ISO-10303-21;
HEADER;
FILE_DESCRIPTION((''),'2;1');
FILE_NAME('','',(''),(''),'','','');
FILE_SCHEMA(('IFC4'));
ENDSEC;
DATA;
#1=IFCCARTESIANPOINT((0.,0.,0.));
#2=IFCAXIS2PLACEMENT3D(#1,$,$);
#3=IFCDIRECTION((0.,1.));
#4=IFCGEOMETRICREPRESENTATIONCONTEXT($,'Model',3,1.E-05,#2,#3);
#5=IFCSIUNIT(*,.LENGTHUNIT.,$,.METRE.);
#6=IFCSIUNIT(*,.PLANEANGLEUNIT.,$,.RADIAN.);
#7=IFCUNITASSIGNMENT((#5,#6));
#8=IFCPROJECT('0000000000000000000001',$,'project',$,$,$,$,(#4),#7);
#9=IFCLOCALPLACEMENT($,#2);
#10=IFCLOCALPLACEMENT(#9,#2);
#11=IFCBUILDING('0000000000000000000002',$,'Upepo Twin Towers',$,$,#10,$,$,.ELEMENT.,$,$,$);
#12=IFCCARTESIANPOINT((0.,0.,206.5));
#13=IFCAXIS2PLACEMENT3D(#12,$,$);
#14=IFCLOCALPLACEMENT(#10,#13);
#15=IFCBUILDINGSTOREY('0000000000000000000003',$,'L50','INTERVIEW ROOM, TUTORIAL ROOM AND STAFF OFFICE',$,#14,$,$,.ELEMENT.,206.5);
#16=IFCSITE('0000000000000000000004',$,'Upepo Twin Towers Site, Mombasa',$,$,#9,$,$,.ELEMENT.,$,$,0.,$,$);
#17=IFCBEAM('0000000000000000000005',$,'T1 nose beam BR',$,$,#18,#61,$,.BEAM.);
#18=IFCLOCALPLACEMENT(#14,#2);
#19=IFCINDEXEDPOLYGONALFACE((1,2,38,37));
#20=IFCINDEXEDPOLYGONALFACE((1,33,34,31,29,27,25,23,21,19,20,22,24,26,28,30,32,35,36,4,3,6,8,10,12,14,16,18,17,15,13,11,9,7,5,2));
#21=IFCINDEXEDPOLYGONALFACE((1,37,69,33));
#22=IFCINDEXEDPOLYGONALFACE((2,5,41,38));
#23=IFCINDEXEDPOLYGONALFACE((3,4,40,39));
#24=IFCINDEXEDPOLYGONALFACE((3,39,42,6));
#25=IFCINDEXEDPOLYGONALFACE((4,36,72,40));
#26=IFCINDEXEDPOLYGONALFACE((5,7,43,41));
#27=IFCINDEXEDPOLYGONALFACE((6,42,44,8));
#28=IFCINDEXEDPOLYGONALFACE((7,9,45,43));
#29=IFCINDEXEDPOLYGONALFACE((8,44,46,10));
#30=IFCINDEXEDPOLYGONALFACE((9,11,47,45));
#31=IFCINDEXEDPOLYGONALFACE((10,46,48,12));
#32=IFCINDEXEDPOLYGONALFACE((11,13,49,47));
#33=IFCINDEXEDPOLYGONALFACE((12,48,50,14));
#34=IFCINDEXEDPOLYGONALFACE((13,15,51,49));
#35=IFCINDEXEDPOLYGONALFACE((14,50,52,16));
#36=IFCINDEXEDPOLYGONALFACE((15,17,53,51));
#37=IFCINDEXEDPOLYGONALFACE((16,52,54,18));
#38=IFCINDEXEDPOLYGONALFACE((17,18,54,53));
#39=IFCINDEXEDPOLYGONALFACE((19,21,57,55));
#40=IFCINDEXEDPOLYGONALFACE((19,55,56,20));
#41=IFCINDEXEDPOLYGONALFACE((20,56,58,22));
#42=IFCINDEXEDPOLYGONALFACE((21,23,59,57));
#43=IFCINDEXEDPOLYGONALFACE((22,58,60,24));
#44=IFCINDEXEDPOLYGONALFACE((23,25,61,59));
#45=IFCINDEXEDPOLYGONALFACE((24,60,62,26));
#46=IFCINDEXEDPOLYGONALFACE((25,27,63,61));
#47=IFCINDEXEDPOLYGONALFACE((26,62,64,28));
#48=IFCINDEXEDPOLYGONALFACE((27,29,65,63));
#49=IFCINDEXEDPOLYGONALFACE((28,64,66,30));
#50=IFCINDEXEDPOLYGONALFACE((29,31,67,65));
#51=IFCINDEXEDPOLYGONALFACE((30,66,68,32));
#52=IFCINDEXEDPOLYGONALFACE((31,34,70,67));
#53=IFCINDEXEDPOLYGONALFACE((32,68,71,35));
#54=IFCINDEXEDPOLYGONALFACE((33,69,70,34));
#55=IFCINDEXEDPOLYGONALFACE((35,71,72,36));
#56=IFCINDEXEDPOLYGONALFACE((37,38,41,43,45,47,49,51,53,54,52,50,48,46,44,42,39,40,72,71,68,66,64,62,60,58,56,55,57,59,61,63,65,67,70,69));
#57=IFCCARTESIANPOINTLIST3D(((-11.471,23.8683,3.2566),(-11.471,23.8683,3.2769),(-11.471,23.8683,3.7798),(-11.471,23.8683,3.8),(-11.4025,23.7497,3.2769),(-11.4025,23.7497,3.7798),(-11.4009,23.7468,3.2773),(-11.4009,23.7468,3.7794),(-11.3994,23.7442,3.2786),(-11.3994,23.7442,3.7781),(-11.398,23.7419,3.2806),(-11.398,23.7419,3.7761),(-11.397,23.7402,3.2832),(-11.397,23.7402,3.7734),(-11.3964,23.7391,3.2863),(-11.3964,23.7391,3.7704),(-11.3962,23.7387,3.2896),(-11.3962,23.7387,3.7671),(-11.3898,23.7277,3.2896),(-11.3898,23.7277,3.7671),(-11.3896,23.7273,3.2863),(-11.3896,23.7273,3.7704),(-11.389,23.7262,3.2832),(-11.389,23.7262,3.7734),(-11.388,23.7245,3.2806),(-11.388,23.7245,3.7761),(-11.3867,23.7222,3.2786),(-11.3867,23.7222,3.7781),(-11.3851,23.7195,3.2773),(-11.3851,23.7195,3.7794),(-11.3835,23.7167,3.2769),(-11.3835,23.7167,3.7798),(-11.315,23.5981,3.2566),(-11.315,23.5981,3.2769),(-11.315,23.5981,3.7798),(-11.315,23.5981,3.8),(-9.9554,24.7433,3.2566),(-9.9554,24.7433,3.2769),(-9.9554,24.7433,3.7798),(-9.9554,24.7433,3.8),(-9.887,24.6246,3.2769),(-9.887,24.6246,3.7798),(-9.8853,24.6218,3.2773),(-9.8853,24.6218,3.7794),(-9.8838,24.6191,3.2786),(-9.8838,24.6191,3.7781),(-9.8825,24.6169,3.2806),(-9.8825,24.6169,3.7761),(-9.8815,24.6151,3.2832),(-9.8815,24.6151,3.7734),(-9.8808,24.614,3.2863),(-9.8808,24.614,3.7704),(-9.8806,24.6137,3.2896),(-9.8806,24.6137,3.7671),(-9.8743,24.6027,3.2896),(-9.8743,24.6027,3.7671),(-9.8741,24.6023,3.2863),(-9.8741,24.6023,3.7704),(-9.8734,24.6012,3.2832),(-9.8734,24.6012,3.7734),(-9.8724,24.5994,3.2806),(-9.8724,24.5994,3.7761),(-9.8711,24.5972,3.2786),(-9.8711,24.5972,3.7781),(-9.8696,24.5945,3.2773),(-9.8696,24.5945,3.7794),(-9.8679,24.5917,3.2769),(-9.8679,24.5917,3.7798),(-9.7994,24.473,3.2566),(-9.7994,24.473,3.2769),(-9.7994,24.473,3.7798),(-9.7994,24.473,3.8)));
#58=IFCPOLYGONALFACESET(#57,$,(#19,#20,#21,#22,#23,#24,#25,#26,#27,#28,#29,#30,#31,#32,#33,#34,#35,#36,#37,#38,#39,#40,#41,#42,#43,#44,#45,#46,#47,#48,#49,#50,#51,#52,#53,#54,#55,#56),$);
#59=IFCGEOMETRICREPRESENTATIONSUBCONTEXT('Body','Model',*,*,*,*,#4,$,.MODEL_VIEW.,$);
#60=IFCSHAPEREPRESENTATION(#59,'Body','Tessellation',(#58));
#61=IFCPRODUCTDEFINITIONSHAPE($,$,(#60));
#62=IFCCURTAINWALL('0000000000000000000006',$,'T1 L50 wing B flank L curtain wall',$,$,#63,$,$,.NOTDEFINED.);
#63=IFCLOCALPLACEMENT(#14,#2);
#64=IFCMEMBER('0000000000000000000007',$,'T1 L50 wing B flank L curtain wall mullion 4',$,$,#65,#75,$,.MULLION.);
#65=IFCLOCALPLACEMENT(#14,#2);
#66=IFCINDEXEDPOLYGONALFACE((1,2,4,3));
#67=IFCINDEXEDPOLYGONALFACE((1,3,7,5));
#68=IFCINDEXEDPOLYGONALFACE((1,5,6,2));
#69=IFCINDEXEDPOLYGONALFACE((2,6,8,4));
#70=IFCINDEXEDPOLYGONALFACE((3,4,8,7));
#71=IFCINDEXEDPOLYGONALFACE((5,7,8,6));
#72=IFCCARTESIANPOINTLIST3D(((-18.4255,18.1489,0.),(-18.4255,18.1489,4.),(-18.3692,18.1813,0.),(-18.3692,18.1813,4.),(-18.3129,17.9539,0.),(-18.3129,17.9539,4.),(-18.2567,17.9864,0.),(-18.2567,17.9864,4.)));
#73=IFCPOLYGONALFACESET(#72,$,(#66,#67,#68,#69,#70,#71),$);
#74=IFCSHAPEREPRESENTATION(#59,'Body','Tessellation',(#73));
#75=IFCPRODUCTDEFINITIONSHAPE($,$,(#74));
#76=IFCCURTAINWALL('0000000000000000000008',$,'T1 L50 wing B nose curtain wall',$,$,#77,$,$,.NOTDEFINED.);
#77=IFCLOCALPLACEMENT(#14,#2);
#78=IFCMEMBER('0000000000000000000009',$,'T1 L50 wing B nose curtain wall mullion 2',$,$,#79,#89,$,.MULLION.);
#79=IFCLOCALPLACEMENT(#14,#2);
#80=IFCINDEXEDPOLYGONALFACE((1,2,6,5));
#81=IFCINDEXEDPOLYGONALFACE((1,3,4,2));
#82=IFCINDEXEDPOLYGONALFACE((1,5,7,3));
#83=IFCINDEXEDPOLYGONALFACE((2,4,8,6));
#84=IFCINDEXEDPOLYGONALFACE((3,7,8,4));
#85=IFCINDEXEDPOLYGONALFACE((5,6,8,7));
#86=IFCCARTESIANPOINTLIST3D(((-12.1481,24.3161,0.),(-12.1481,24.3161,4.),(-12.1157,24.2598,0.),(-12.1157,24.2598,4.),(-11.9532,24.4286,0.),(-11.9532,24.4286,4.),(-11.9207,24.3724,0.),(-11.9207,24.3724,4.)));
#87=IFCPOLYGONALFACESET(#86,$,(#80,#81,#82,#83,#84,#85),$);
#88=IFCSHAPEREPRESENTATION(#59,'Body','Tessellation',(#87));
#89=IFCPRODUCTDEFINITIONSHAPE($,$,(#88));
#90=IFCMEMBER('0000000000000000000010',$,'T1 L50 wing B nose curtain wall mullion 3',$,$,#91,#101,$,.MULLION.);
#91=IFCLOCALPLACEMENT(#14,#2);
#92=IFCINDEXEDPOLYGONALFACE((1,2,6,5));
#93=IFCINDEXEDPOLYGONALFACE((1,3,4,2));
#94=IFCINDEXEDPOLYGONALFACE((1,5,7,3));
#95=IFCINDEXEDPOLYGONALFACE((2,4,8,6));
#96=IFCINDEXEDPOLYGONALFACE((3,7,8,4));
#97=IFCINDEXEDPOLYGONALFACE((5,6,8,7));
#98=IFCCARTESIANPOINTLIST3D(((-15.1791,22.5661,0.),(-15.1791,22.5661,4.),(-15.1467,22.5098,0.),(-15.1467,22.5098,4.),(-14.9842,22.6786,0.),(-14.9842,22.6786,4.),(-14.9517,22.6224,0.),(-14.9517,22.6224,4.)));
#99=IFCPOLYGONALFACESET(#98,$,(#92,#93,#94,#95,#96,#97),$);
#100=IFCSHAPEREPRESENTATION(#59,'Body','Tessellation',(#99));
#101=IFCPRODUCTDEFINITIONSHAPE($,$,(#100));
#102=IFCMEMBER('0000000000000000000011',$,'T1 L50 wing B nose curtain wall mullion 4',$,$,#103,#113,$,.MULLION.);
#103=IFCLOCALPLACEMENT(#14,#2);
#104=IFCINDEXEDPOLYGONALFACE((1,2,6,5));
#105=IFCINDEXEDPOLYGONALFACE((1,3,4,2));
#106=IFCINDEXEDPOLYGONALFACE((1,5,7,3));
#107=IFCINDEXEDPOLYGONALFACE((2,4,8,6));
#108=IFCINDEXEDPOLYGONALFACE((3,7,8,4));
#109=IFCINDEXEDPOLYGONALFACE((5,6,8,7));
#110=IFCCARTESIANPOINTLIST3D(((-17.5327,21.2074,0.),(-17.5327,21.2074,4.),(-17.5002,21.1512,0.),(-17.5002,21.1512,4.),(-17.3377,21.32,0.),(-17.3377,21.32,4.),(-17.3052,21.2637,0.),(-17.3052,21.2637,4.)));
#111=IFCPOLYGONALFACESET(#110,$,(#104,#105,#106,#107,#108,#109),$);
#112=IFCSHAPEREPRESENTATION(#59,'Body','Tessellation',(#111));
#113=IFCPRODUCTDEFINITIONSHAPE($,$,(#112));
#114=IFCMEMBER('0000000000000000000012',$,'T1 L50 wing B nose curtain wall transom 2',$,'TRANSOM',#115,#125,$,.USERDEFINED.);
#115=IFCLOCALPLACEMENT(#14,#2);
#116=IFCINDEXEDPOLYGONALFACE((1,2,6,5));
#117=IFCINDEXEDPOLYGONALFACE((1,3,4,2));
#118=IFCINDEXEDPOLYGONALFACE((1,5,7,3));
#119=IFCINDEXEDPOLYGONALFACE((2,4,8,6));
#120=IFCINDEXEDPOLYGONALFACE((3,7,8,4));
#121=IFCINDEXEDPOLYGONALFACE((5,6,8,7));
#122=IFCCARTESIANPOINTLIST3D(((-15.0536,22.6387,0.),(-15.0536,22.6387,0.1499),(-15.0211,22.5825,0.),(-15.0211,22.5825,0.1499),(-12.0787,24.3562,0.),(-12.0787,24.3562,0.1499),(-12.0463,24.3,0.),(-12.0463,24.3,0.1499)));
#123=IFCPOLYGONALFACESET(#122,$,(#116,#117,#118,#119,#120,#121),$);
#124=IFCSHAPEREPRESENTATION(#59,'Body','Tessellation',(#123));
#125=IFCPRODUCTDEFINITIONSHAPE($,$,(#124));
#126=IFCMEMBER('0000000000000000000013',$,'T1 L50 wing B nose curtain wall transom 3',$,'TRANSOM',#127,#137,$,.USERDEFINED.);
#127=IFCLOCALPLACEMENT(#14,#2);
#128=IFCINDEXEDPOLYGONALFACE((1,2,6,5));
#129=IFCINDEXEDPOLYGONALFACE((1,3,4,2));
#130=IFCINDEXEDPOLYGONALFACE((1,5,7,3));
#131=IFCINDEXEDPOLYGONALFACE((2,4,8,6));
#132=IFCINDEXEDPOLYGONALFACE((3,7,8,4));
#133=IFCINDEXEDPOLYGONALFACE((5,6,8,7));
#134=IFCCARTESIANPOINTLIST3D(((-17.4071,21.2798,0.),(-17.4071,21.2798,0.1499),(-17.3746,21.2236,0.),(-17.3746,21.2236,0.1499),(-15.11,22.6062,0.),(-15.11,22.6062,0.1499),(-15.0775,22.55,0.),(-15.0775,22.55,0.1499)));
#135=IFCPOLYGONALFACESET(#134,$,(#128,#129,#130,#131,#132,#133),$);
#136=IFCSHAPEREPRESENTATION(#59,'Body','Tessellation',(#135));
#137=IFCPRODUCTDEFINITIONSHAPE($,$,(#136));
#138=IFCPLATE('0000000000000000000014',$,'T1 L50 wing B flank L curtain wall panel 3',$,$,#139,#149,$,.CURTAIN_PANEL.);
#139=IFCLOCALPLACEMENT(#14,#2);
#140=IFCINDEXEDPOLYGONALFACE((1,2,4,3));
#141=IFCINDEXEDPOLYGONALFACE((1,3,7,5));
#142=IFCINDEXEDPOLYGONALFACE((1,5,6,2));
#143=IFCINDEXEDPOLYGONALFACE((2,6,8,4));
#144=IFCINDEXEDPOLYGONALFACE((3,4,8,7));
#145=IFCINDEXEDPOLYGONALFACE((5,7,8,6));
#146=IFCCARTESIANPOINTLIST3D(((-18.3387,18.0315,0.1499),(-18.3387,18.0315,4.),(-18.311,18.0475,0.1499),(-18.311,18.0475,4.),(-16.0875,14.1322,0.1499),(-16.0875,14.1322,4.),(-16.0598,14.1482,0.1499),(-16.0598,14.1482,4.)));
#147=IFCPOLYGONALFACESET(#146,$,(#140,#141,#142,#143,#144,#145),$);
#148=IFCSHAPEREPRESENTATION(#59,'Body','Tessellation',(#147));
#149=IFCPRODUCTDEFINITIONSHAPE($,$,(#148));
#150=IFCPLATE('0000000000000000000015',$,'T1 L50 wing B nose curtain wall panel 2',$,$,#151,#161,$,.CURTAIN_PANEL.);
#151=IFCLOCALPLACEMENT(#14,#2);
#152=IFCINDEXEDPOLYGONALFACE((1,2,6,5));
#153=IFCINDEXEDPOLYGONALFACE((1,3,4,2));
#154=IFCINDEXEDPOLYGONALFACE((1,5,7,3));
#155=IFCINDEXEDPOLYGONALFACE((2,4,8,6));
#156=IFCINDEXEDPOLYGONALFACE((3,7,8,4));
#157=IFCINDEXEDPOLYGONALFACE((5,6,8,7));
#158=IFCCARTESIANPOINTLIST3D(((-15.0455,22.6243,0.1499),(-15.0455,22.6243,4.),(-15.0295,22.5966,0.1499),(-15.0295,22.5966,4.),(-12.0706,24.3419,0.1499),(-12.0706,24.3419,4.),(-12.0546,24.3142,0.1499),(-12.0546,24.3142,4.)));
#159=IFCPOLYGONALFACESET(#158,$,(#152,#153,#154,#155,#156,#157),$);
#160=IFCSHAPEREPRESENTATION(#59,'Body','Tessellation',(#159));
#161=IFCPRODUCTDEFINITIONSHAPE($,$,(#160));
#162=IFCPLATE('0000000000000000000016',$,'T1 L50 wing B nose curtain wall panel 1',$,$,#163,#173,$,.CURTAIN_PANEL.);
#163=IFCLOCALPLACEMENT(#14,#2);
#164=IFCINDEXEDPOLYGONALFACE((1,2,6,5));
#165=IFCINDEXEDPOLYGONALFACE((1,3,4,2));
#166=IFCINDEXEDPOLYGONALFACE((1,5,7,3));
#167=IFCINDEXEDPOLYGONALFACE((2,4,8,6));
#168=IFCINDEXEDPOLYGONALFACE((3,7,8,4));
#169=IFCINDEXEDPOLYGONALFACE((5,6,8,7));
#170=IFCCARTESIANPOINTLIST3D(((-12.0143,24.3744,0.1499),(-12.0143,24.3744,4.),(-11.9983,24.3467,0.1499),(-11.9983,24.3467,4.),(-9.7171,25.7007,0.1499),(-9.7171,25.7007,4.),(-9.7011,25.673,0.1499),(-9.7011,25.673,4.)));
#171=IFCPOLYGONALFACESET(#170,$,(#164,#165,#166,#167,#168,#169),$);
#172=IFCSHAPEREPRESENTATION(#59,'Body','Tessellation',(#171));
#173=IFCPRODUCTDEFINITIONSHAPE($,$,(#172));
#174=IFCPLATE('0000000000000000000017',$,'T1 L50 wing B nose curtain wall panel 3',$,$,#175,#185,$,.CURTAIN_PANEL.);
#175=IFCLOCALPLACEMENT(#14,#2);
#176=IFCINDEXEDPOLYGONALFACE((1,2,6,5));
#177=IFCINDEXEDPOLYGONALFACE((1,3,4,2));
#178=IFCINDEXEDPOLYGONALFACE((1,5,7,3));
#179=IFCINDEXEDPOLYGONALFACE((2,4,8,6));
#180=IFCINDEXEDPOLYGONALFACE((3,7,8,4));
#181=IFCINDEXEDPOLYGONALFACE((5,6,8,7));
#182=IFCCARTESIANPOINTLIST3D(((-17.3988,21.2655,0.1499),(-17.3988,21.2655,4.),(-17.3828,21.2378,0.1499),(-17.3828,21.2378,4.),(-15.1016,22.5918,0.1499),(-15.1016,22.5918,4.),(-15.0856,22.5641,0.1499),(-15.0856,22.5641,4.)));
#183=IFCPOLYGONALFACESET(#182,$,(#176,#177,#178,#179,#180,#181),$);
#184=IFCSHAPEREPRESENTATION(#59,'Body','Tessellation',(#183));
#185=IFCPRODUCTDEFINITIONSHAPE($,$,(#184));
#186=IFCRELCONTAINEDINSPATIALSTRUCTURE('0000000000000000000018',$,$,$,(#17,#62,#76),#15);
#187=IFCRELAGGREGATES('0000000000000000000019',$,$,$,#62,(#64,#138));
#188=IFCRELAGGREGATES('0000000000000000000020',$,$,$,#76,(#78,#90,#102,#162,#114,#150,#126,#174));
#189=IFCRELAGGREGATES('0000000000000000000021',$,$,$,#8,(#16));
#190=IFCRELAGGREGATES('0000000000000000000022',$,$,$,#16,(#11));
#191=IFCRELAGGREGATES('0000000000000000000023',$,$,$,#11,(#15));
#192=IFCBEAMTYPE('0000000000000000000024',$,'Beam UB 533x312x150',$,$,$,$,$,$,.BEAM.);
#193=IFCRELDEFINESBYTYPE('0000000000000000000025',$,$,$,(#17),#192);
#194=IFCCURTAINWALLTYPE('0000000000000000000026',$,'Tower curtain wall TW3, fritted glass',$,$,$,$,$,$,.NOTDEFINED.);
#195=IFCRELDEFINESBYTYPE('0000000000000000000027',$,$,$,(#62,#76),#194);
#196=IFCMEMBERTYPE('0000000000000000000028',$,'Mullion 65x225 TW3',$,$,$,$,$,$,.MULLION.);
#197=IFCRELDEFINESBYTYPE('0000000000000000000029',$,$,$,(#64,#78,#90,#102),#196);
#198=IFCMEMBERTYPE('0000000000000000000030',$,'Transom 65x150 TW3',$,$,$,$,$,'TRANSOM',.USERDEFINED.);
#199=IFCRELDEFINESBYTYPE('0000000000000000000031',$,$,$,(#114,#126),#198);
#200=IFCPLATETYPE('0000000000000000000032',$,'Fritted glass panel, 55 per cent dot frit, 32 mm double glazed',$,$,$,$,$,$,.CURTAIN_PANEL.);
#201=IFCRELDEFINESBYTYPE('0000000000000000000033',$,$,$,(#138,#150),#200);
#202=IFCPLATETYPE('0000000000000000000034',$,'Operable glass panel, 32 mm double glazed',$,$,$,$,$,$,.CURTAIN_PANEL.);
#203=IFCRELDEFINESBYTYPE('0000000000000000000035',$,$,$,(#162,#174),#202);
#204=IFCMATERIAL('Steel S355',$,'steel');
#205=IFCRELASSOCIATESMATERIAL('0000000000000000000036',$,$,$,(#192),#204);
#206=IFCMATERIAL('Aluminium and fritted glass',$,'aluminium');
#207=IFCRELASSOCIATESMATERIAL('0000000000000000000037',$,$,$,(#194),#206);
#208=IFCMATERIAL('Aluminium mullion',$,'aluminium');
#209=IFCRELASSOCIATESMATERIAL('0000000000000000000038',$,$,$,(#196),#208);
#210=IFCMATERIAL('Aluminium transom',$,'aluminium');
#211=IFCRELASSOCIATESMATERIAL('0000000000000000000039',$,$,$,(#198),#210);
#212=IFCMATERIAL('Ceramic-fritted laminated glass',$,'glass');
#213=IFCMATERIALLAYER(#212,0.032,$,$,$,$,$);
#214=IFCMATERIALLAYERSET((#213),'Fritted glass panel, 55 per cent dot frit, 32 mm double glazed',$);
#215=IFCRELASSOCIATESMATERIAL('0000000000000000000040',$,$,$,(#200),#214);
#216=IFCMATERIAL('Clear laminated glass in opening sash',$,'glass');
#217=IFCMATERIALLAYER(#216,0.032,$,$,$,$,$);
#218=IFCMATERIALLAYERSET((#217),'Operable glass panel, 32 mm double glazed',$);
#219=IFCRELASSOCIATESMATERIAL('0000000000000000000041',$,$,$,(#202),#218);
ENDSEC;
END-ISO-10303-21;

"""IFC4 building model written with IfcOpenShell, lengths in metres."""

from ifc_helpers import new_model, si_unit, direction, frame, origin, origin_2d, place, context, subcontext, project, spatial, rectangle, i_section, extrude, material, layer, layer_set, material_profile, profile_set, type_object, element, aggregate, save


model = new_model("IFC4")

# Units and contexts
model_context = context("Model", 3, precision=1e-05, world=origin(), true_north=direction((0.0, 1.0)))
body_context = subcontext(model_context, "Body", "Model", "MODEL_VIEW")
ifc_project = project(units=[si_unit("LENGTHUNIT", "METRE"), si_unit("PLANEANGLEUNIT", "RADIAN")], contexts=[model_context])

# Site, building, storey
site_placement = place(None, origin())
site = spatial("IfcSite", under=ifc_project, at=site_placement, Name="Upepo Twin Towers Site, Mombasa", CompositionType="ELEMENT", RefElevation=0.0)
building_placement = place(site_placement, origin())
building = spatial("IfcBuilding", under=site, at=building_placement, Name="Upepo Twin Towers", CompositionType="ELEMENT")
storey_placement = place(building_placement, frame((0.0, 0.0, 206.5)))
storey = spatial("IfcBuildingStorey", under=building, at=storey_placement, Name="L50", Description="INTERVIEW ROOM, TUTORIAL ROOM AND STAFF OFFICE", CompositionType="ELEMENT", Elevation=206.5)

# Beam
ifc_material_1 = material(Name="Steel S355", Category="steel")
ifc_material_profile_1 = material_profile(ifc_material_1, i_section(OverallWidth=0.312, OverallDepth=0.5435, WebThickness=0.0127, FlangeThickness=0.0203, FilletRadius=0.0127, at=origin_2d()), Name="UB 533x312x150")
ifc_profile_set_1 = profile_set([ifc_material_profile_1], Name="Steel S355")
beam_type_1 = type_object("IfcBeamType", Name="Beam UB 533x312x150", PredefinedType="BEAM", material=ifc_profile_set_1)
for number, where, z_axis, x_axis, name in (
    (1, (-9.8774, 24.6082, 3.5283), (-0.866037, -0.49998, 0.0), (0.49998, -0.866037, 0.0), "T1 nose beam BR"),
):
    element("IfcBeam", number, at=place(storey_placement, frame(where, z_axis=z_axis, x_axis=x_axis)), inside=storey, type_object=beam_type_1, Name=name, PredefinedType="BEAM", context=body_context, shape_type="SweptSolid", body=[
        extrude(i_section(OverallWidth=0.312, OverallDepth=0.5435, WebThickness=0.0127, FlangeThickness=0.0203, FilletRadius=0.0127, at=origin_2d()), origin(), (0.0, 0.0, 1.0), 1.75),
    ])

# Curtain wall, member
ifc_material_2 = material(Name="Aluminium and fritted glass", Category="aluminium")
curtain_wall_type = type_object("IfcCurtainWallType", Name="Tower curtain wall TW3, fritted glass", PredefinedType="NOTDEFINED", material=ifc_material_2)
curtain_wall_1_placement = place(storey_placement, origin())
curtain_wall_1 = element("IfcCurtainWall", 2, at=curtain_wall_1_placement, inside=storey, type_object=curtain_wall_type, Name="T1 L50 wing B flank L curtain wall", PredefinedType="NOTDEFINED")
ifc_material_3 = material(Name="Aluminium mullion", Category="aluminium")
ifc_material_profile_2 = material_profile(ifc_material_3, rectangle(XDim=0.0649, YDim=0.2251, at=origin_2d()), Name="MULLION 65x225")
ifc_profile_set_2 = profile_set([ifc_material_profile_2], Name="Aluminium mullion")
member_type_1 = type_object("IfcMemberType", Name="Mullion 65x225 TW3", PredefinedType="MULLION", material=ifc_profile_set_2)
member_1_placement = place(storey_placement, frame((-18.3411, 18.0676, 0.0), z_axis=(0.0, 0.0, 1.0), x_axis=(-0.866025, -0.5, 0.0)))
member_1 = element("IfcMember", 3, at=member_1_placement, type_object=member_type_1, Name="T1 L50 wing B flank L curtain wall mullion 4", PredefinedType="MULLION", context=body_context, shape_type="SweptSolid", body=[
    extrude(rectangle(XDim=0.0649, YDim=0.2251, at=origin_2d()), origin(), (0.0, 0.0, 1.0), 4.0),
])

# Curtain wall, members
curtain_wall_2_placement = place(storey_placement, origin())
curtain_wall_2 = element("IfcCurtainWall", 4, at=curtain_wall_2_placement, inside=storey, type_object=curtain_wall_type, Name="T1 L50 wing B nose curtain wall", PredefinedType="NOTDEFINED")
member_2_placement = place(storey_placement, frame((-12.0344, 24.3442, 0.0), z_axis=(0.0, 0.0, 1.0), x_axis=(0.5, -0.866025, 0.0)))
member_2 = element("IfcMember", 5, at=member_2_placement, type_object=member_type_1, Name="T1 L50 wing B nose curtain wall mullion 2", PredefinedType="MULLION", context=body_context, shape_type="SweptSolid", body=[
    extrude(rectangle(XDim=0.0649, YDim=0.2251, at=origin_2d()), origin(), (0.0, 0.0, 1.0), 4.0),
])
member_3_placement = place(storey_placement, frame((-15.0654, 22.5942, 0.0), z_axis=(0.0, 0.0, 1.0), x_axis=(0.5, -0.866025, 0.0)))
member_3 = element("IfcMember", 6, at=member_3_placement, type_object=member_type_1, Name="T1 L50 wing B nose curtain wall mullion 3", PredefinedType="MULLION", context=body_context, shape_type="SweptSolid", body=[
    extrude(rectangle(XDim=0.0649, YDim=0.2251, at=origin_2d()), origin(), (0.0, 0.0, 1.0), 4.0),
])
member_4_placement = place(storey_placement, frame((-17.4189, 21.2356, 0.0), z_axis=(0.0, 0.0, 1.0), x_axis=(0.5, -0.866025, 0.0)))
member_4 = element("IfcMember", 7, at=member_4_placement, type_object=member_type_1, Name="T1 L50 wing B nose curtain wall mullion 4", PredefinedType="MULLION", context=body_context, shape_type="SweptSolid", body=[
    extrude(rectangle(XDim=0.0649, YDim=0.2251, at=origin_2d()), origin(), (0.0, 0.0, 1.0), 4.0),
])
ifc_material_4 = material(Name="Aluminium transom", Category="aluminium")
ifc_material_profile_3 = material_profile(ifc_material_4, rectangle(XDim=0.0649, YDim=0.1499, at=origin_2d()), Name="TRANSOM 65x150")
ifc_profile_set_3 = profile_set([ifc_material_profile_3], Name="Aluminium transom")
member_type_2 = type_object("IfcMemberType", Name="Transom 65x150 TW3", ElementType="TRANSOM", PredefinedType="USERDEFINED", material=ifc_profile_set_3)
member_5_placement = place(storey_placement, frame((-12.0625, 24.3281, 0.075), z_axis=(-0.866026, -0.499999, 0.0), x_axis=(0.499999, -0.866026, 0.0)))
member_5 = element("IfcMember", 8, at=member_5_placement, type_object=member_type_2, Name="T1 L50 wing B nose curtain wall transom 2", ObjectType="TRANSOM", PredefinedType="USERDEFINED", context=body_context, shape_type="SweptSolid", body=[
    extrude(rectangle(XDim=0.0649, YDim=0.1499, at=origin_2d()), origin(), (0.0, 0.0, 1.0), 3.4351),
])
member_6_placement = place(storey_placement, frame((-15.0938, 22.5781, 0.075), z_axis=(-0.865997, -0.500049, 0.0), x_axis=(0.500049, -0.865997, 0.0)))
member_6 = element("IfcMember", 9, at=member_6_placement, type_object=member_type_2, Name="T1 L50 wing B nose curtain wall transom 3", ObjectType="TRANSOM", PredefinedType="USERDEFINED", context=body_context, shape_type="SweptSolid", body=[
    extrude(rectangle(XDim=0.0649, YDim=0.1499, at=origin_2d()), origin(), (0.0, 0.0, 1.0), 2.6526),
])

# Plates
ifc_material_5 = material(Name="Ceramic-fritted laminated glass", Category="glass")
ifc_layer_1 = layer(ifc_material_5, 0.032)
ifc_layer_set_1 = layer_set([ifc_layer_1], Name="Fritted glass panel, 55 per cent dot frit, 32 mm double glazed")
plate_type_1 = type_object("IfcPlateType", Name="Fritted glass panel, 55 per cent dot frit, 32 mm double glazed", PredefinedType="CURTAIN_PANEL", material=ifc_layer_set_1)
plate_1_placement = place(storey_placement, frame((-17.1992, 16.0898, 0.1499), z_axis=(0.0, 0.0, 1.0), x_axis=(-0.5, 0.866025, 0.0)))
plate_1 = element("IfcPlate", 10, at=plate_1_placement, type_object=plate_type_1, Name="T1 L50 wing B flank L curtain wall panel 3", PredefinedType="CURTAIN_PANEL", context=body_context, shape_type="SweptSolid", body=[
    extrude(rectangle(XDim=4.5024, YDim=0.032, at=origin_2d()), origin(), (0.0, 0.0, 1.0), 3.8501),
])
aggregate(curtain_wall_1, [member_1, plate_1])
plate_2_placement = place(storey_placement, frame((-13.55, 23.4692, 0.1499), z_axis=(0.0, 0.0, 1.0), x_axis=(-0.866025, -0.5, 0.0)))
plate_2 = element("IfcPlate", 11, at=plate_2_placement, type_object=plate_type_1, Name="T1 L50 wing B nose curtain wall panel 2", PredefinedType="CURTAIN_PANEL", context=body_context, shape_type="SweptSolid", body=[
    extrude(rectangle(XDim=3.4351, YDim=0.032, at=origin_2d()), origin(), (0.0, 0.0, 1.0), 3.8501),
])
ifc_material_6 = material(Name="Clear laminated glass in opening sash", Category="glass")
ifc_layer_2 = layer(ifc_material_6, 0.032)
ifc_layer_set_2 = layer_set([ifc_layer_2], Name="Operable glass panel, 32 mm double glazed")
plate_type_2 = type_object("IfcPlateType", Name="Operable glass panel, 32 mm double glazed", PredefinedType="CURTAIN_PANEL", material=ifc_layer_set_2)
plate_3_placement = place(storey_placement, frame((-10.8577, 25.0237, 0.1499), z_axis=(0.0, 0.0, 1.0), x_axis=(-0.866025, -0.5, 0.0)))
plate_3 = element("IfcPlate", 12, at=plate_3_placement, type_object=plate_type_2, Name="T1 L50 wing B nose curtain wall panel 1", PredefinedType="CURTAIN_PANEL", context=body_context, shape_type="SweptSolid", body=[
    extrude(rectangle(XDim=2.6526, YDim=0.032, at=origin_2d()), origin(), (0.0, 0.0, 1.0), 3.8501),
])
plate_4_placement = place(storey_placement, frame((-16.2422, 21.9148, 0.1499), z_axis=(0.0, 0.0, 1.0), x_axis=(-0.866025, -0.5, 0.0)))
plate_4 = element("IfcPlate", 13, at=plate_4_placement, type_object=plate_type_2, Name="T1 L50 wing B nose curtain wall panel 3", PredefinedType="CURTAIN_PANEL", context=body_context, shape_type="SweptSolid", body=[
    extrude(rectangle(XDim=2.6526, YDim=0.032, at=origin_2d()), origin(), (0.0, 0.0, 1.0), 3.8501),
])
aggregate(curtain_wall_2, [member_2, member_3, member_4, plate_3, member_5, plate_2, member_6, plate_4])

save(model, "model.ifc")
